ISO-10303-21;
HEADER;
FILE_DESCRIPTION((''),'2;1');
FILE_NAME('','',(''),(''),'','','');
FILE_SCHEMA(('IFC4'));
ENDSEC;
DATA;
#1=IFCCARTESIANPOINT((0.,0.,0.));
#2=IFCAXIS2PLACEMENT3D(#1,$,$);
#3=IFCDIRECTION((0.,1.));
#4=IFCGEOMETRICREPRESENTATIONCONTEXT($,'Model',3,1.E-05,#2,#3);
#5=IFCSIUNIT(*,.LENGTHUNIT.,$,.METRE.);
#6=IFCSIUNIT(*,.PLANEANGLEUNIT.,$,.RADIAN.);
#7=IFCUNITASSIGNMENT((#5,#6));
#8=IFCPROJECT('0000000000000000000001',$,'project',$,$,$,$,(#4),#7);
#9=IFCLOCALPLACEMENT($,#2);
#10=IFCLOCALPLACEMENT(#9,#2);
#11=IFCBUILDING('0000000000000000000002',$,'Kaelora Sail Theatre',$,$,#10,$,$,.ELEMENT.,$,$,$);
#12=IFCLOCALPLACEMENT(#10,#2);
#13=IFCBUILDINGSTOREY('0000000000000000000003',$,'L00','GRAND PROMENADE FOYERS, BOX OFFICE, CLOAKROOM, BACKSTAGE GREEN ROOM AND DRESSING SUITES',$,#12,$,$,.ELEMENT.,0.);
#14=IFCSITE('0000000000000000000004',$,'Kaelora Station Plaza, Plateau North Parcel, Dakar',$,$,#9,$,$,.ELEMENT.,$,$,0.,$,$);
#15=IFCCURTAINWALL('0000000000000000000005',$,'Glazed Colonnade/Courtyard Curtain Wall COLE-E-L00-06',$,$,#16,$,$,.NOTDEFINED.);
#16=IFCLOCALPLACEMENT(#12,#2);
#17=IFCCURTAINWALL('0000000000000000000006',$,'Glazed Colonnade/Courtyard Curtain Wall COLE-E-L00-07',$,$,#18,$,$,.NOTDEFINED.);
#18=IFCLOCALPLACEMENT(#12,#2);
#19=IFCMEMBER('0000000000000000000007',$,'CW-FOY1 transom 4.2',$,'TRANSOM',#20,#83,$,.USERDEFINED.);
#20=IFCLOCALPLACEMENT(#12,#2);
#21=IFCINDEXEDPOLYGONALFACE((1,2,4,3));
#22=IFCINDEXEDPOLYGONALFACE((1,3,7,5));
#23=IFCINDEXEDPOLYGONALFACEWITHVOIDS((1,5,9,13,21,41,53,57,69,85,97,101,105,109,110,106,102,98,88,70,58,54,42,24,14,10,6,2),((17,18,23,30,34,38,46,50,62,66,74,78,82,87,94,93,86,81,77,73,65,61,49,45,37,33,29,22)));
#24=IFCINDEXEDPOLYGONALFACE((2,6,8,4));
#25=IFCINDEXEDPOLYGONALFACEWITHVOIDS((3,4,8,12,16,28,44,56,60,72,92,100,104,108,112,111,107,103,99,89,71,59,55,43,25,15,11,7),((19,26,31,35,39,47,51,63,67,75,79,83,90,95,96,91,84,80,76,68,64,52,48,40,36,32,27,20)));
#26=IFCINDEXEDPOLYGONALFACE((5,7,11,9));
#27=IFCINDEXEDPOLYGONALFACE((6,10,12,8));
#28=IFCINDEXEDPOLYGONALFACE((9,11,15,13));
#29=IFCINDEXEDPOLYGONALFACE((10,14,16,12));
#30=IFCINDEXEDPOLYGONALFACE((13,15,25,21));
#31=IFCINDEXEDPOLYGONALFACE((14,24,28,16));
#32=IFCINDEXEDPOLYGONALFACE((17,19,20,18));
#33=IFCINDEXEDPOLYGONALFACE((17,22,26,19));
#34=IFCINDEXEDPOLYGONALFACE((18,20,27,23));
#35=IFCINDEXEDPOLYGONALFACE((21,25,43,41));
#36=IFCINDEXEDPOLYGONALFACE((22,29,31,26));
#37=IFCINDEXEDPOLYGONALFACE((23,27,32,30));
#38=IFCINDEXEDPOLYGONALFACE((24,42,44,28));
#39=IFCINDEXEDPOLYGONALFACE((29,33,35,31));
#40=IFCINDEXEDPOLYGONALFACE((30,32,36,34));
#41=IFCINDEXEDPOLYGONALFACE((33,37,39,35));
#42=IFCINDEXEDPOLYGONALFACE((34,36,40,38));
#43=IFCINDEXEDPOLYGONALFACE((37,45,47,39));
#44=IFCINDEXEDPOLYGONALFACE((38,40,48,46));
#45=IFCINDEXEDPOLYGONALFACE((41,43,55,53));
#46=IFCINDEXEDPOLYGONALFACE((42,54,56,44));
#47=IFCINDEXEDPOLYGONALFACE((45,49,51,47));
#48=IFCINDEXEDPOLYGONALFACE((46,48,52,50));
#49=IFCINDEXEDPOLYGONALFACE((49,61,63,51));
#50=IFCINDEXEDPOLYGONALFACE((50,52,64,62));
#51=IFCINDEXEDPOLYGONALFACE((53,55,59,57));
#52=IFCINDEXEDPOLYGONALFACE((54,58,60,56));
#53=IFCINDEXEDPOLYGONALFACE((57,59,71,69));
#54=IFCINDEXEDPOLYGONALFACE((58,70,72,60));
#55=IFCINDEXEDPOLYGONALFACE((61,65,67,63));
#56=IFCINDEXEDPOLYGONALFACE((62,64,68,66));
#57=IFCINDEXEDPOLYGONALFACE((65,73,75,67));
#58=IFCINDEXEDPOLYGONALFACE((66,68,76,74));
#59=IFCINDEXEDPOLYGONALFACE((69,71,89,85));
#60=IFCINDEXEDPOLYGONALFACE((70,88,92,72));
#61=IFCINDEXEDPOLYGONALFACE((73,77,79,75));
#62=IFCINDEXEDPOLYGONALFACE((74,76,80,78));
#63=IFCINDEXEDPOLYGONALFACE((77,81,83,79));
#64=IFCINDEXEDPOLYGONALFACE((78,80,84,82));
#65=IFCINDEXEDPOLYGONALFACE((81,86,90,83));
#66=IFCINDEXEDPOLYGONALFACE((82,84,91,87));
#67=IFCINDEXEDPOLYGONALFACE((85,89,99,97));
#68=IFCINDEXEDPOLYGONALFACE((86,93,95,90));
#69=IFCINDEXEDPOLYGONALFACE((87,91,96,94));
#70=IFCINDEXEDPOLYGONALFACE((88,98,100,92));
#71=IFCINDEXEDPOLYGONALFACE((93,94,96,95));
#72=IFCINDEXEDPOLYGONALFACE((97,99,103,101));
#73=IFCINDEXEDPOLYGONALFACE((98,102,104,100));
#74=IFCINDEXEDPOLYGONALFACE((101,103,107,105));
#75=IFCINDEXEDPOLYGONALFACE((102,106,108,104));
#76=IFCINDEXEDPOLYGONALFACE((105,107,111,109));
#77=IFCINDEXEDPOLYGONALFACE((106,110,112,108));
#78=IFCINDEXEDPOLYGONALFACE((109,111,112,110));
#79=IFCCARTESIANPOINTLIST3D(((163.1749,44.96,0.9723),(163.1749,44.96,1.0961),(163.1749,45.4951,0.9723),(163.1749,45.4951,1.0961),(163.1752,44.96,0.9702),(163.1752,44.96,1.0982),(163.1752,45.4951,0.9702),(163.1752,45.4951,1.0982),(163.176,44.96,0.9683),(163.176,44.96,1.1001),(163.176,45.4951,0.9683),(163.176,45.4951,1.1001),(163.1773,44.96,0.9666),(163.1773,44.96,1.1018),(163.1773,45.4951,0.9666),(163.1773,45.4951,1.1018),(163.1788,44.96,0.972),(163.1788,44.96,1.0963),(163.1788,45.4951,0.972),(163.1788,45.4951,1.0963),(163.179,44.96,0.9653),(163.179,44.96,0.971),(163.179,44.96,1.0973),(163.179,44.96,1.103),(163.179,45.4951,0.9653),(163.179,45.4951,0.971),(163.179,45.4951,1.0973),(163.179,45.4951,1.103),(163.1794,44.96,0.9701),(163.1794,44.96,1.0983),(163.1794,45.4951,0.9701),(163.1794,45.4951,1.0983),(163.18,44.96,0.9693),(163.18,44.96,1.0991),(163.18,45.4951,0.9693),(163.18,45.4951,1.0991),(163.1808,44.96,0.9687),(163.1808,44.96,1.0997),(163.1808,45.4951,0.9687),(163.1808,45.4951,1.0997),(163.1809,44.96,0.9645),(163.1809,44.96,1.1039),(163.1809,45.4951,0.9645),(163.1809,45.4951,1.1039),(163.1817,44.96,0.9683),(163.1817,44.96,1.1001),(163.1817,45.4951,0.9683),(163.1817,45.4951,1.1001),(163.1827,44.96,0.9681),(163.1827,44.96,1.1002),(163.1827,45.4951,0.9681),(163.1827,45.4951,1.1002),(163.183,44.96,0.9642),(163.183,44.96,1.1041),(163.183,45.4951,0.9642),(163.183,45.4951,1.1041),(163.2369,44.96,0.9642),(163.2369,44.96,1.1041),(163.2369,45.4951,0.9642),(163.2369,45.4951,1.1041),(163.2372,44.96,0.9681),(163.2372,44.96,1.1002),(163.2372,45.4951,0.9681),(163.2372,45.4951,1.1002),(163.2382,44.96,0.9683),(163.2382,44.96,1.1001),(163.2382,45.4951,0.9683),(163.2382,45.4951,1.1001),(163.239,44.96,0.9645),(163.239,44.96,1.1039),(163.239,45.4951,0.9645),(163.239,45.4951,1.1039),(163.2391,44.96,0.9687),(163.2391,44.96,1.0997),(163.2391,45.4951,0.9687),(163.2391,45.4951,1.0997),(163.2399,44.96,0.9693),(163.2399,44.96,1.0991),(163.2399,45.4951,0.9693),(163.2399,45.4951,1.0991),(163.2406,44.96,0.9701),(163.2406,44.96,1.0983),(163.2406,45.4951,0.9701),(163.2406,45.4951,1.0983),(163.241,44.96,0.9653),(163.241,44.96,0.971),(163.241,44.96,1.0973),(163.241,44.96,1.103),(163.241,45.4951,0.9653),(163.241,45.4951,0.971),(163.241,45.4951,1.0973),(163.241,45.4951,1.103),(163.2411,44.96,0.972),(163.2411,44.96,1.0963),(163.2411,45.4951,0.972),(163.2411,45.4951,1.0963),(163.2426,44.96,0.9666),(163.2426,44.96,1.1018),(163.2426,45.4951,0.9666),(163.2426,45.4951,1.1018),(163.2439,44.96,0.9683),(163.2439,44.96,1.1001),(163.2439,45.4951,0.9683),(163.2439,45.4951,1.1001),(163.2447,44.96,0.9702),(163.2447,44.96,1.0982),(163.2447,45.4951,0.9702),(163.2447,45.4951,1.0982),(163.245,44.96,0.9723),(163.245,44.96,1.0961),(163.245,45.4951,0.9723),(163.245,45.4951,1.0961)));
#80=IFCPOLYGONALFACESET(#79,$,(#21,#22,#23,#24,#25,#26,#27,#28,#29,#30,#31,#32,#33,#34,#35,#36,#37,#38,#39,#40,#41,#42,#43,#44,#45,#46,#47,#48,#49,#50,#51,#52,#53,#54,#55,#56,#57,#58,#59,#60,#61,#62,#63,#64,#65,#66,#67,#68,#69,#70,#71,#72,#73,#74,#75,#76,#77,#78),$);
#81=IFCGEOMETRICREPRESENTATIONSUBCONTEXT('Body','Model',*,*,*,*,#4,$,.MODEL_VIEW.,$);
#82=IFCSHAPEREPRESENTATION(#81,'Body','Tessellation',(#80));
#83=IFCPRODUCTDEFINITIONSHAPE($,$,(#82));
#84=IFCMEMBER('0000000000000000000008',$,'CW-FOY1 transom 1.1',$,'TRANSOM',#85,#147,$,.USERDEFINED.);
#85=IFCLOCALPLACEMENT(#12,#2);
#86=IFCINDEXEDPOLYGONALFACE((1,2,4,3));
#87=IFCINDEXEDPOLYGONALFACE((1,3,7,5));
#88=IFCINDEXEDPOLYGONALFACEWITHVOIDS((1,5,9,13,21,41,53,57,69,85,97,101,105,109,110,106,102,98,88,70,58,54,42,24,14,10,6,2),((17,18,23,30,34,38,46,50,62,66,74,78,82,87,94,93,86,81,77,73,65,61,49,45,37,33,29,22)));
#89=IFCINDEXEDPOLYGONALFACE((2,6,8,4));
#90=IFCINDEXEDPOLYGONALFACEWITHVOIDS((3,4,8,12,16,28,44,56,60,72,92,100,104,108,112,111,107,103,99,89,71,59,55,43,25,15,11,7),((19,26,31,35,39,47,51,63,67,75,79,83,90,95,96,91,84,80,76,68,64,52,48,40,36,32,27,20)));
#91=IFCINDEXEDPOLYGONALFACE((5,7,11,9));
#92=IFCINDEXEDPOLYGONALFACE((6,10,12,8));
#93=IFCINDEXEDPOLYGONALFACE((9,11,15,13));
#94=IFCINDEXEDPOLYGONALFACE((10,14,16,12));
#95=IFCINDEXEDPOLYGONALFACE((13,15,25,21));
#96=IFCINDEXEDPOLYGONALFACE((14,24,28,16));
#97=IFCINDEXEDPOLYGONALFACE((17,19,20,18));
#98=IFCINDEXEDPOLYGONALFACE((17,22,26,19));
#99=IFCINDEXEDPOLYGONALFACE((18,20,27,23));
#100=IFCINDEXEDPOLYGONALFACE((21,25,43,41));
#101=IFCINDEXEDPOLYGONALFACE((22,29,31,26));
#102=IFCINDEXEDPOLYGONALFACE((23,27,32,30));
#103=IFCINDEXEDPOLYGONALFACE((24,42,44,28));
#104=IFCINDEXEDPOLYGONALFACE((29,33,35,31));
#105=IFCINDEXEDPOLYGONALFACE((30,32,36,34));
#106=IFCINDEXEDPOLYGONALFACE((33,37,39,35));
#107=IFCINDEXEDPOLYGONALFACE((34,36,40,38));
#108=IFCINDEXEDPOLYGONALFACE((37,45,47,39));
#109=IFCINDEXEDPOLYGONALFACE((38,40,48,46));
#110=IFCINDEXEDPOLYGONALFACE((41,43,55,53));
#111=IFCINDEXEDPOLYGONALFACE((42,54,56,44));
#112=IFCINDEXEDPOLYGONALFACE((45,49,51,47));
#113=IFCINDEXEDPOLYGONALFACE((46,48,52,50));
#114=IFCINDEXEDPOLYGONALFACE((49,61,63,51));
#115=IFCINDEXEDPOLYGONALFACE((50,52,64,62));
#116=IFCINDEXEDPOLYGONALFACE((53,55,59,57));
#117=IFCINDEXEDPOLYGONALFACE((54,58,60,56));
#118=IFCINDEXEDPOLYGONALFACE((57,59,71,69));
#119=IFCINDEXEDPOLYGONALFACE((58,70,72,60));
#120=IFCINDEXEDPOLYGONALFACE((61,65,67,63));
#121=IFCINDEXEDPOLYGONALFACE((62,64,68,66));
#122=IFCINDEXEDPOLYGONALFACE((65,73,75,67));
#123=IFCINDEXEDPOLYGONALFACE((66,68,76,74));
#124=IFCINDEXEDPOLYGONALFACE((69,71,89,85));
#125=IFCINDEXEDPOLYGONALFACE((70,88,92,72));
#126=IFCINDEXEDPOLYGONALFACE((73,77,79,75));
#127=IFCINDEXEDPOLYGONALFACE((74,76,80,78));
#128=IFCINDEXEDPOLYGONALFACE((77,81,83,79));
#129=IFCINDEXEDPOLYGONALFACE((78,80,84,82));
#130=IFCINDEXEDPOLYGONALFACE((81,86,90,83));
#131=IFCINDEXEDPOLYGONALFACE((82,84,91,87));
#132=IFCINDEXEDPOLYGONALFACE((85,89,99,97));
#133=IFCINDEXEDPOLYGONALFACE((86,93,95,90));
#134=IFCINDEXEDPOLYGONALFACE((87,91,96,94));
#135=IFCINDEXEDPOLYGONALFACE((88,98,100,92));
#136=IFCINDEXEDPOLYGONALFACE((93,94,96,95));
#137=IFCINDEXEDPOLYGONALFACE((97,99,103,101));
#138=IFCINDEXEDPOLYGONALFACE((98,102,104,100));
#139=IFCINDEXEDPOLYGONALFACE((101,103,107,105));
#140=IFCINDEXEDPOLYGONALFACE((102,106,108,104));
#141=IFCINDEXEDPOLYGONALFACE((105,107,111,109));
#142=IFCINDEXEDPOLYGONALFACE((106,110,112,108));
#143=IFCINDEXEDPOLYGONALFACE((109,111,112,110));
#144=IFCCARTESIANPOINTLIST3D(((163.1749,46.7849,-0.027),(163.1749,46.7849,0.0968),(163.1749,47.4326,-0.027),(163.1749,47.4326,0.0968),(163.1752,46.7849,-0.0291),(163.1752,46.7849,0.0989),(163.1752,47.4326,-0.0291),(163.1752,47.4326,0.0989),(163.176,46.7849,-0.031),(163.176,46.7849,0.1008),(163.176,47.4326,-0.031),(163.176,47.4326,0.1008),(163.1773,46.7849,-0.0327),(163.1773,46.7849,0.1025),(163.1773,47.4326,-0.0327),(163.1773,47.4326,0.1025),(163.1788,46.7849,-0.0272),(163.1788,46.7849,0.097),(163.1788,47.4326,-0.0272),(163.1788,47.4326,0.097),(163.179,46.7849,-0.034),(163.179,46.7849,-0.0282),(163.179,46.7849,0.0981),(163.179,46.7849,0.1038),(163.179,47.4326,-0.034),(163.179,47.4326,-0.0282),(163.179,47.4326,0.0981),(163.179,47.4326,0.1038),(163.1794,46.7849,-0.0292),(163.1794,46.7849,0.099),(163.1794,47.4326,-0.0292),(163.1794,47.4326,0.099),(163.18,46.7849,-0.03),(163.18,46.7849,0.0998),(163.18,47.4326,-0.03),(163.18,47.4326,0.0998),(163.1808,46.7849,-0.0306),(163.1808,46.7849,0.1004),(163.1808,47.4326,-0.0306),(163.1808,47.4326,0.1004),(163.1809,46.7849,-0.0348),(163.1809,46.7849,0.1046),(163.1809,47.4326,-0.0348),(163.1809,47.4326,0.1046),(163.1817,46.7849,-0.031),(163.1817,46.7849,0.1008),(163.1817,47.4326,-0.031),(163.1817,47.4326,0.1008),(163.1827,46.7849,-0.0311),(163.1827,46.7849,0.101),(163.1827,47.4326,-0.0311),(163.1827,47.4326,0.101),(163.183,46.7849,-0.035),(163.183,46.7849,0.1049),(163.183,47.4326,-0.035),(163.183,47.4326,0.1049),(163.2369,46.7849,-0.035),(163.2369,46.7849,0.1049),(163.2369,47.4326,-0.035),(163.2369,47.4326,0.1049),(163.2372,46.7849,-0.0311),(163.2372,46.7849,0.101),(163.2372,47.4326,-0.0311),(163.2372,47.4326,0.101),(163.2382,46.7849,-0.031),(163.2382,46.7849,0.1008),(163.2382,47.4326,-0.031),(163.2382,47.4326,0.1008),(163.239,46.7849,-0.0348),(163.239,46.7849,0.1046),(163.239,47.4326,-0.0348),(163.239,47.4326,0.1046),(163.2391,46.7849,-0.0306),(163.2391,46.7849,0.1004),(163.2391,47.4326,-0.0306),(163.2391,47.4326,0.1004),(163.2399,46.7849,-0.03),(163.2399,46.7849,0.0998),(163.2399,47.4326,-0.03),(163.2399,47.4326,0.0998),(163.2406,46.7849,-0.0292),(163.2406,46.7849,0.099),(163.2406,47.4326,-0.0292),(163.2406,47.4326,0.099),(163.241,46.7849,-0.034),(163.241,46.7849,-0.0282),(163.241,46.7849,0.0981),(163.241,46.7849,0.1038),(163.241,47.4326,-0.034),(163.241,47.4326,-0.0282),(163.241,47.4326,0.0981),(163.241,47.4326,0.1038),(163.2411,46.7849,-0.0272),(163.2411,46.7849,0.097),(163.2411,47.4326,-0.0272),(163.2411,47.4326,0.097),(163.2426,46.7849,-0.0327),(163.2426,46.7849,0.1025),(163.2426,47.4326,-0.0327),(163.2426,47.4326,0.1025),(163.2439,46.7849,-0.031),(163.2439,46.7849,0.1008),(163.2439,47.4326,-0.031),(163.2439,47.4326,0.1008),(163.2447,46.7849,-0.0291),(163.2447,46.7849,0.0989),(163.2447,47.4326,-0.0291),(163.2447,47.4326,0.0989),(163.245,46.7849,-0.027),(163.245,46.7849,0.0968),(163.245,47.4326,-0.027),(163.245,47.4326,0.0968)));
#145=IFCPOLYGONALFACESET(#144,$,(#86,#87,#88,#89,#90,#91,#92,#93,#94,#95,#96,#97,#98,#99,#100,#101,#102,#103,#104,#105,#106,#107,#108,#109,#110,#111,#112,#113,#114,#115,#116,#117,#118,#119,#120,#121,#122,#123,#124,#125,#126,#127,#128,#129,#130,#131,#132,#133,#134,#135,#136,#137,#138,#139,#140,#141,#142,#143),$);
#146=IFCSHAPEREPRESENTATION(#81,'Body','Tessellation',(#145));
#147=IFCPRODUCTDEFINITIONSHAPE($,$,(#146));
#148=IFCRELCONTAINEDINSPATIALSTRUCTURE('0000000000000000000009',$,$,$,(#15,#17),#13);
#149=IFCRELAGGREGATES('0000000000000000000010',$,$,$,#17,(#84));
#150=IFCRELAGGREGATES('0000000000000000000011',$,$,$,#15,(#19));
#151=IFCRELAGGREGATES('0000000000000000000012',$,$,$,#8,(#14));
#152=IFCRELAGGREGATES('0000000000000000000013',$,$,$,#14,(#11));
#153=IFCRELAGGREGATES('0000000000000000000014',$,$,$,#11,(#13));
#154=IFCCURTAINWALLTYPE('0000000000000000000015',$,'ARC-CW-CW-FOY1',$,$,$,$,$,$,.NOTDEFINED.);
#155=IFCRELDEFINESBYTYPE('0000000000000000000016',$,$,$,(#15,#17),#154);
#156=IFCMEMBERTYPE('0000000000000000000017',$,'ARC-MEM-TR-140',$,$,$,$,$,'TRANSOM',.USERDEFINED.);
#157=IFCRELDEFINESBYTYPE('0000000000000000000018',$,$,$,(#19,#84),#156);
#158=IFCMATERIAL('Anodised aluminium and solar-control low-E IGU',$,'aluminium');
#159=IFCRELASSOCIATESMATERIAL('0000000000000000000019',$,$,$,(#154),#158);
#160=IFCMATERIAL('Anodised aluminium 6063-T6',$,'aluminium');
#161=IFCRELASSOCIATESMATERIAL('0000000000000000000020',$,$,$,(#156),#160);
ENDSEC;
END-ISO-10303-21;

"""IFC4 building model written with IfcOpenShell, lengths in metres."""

from ifc_helpers import new_model, si_unit, direction, frame, origin, origin_2d, place, context, subcontext, project, spatial, hollow_rectangle, extrude, material, material_profile, profile_set, type_object, element, aggregate, save


model = new_model("IFC4")

# Units and contexts
model_context = context("Model", 3, precision=1e-05, world=origin(), true_north=direction((0.0, 1.0)))
body_context = subcontext(model_context, "Body", "Model", "MODEL_VIEW")
ifc_project = project(units=[si_unit("LENGTHUNIT", "METRE"), si_unit("PLANEANGLEUNIT", "RADIAN")], contexts=[model_context])

# Site, building, storey
site_placement = place(None, origin())
site = spatial("IfcSite", under=ifc_project, at=site_placement, Name="Kaelora Station Plaza, Plateau North Parcel, Dakar", CompositionType="ELEMENT", RefElevation=0.0)
building_placement = place(site_placement, origin())
building = spatial("IfcBuilding", under=site, at=building_placement, Name="Kaelora Sail Theatre", CompositionType="ELEMENT")
storey_placement = place(building_placement, origin())
storey = spatial("IfcBuildingStorey", under=building, at=storey_placement, Name="L00", Description="GRAND PROMENADE FOYERS, BOX OFFICE, CLOAKROOM, BACKSTAGE GREEN ROOM AND DRESSING SUITES", CompositionType="ELEMENT", Elevation=0.0)

# Curtain wall
ifc_material_1 = material(Name="Anodised aluminium and solar-control low-E IGU", Category="aluminium")
curtain_wall_type = type_object("IfcCurtainWallType", Name="ARC-CW-CW-FOY1", PredefinedType="NOTDEFINED", material=ifc_material_1)
curtain_wall_1_placement = place(storey_placement, origin())
curtain_wall_1 = element("IfcCurtainWall", 1, at=curtain_wall_1_placement, inside=storey, type_object=curtain_wall_type, Name="Glazed Colonnade/Courtyard Curtain Wall COLE-E-L00-06", PredefinedType="NOTDEFINED")

# Curtain wall
curtain_wall_2_placement = place(storey_placement, origin())
curtain_wall_2 = element("IfcCurtainWall", 2, at=curtain_wall_2_placement, inside=storey, type_object=curtain_wall_type, Name="Glazed Colonnade/Courtyard Curtain Wall COLE-E-L00-07", PredefinedType="NOTDEFINED")

# Members
ifc_material_2 = material(Name="Anodised aluminium 6063-T6", Category="aluminium")
ifc_material_profile_1 = material_profile(ifc_material_2, hollow_rectangle(XDim=0.0701, YDim=0.1399, WallThickness=0.0039, InnerFilletRadius=0.0039, OuterFilletRadius=0.0081, at=origin_2d()), Name="ALU-TRAN 70x140x4")
ifc_profile_set_1 = profile_set([ifc_material_profile_1], Name="Anodised aluminium 6063-T6")
member_type_1 = type_object("IfcMemberType", Name="ARC-MEM-TR-140", ElementType="TRANSOM", PredefinedType="USERDEFINED", material=ifc_profile_set_1)
member_1_placement = place(storey_placement, frame((163.21, 44.96, 1.0342), z_axis=(0.0, 1.0, 0.0), x_axis=(-1.0, 0.0, 0.0)))
member_1 = element("IfcMember", 3, at=member_1_placement, type_object=member_type_1, Name="CW-FOY1 transom 4.2", ObjectType="TRANSOM", PredefinedType="USERDEFINED", context=body_context, shape_type="SweptSolid", body=[
    extrude(hollow_rectangle(XDim=0.0701, YDim=0.1399, WallThickness=0.0039, InnerFilletRadius=0.0039, OuterFilletRadius=0.0081, at=origin_2d()), origin(), (0.0, 0.0, 1.0), 0.5352),
])
member_2_placement = place(storey_placement, frame((163.21, 46.7849, 0.0349), z_axis=(0.0, 1.0, 0.0), x_axis=(-1.0, 0.0, 0.0)))
member_2 = element("IfcMember", 4, at=member_2_placement, type_object=member_type_1, Name="CW-FOY1 transom 1.1", ObjectType="TRANSOM", PredefinedType="USERDEFINED", context=body_context, shape_type="SweptSolid", body=[
    extrude(hollow_rectangle(XDim=0.0701, YDim=0.1399, WallThickness=0.0039, InnerFilletRadius=0.0039, OuterFilletRadius=0.0081, at=origin_2d()), origin(), (0.0, 0.0, 1.0), 0.6477),
])
aggregate(curtain_wall_2, [member_2])

aggregate(curtain_wall_1, [member_1])

save(model, "model.ifc")
